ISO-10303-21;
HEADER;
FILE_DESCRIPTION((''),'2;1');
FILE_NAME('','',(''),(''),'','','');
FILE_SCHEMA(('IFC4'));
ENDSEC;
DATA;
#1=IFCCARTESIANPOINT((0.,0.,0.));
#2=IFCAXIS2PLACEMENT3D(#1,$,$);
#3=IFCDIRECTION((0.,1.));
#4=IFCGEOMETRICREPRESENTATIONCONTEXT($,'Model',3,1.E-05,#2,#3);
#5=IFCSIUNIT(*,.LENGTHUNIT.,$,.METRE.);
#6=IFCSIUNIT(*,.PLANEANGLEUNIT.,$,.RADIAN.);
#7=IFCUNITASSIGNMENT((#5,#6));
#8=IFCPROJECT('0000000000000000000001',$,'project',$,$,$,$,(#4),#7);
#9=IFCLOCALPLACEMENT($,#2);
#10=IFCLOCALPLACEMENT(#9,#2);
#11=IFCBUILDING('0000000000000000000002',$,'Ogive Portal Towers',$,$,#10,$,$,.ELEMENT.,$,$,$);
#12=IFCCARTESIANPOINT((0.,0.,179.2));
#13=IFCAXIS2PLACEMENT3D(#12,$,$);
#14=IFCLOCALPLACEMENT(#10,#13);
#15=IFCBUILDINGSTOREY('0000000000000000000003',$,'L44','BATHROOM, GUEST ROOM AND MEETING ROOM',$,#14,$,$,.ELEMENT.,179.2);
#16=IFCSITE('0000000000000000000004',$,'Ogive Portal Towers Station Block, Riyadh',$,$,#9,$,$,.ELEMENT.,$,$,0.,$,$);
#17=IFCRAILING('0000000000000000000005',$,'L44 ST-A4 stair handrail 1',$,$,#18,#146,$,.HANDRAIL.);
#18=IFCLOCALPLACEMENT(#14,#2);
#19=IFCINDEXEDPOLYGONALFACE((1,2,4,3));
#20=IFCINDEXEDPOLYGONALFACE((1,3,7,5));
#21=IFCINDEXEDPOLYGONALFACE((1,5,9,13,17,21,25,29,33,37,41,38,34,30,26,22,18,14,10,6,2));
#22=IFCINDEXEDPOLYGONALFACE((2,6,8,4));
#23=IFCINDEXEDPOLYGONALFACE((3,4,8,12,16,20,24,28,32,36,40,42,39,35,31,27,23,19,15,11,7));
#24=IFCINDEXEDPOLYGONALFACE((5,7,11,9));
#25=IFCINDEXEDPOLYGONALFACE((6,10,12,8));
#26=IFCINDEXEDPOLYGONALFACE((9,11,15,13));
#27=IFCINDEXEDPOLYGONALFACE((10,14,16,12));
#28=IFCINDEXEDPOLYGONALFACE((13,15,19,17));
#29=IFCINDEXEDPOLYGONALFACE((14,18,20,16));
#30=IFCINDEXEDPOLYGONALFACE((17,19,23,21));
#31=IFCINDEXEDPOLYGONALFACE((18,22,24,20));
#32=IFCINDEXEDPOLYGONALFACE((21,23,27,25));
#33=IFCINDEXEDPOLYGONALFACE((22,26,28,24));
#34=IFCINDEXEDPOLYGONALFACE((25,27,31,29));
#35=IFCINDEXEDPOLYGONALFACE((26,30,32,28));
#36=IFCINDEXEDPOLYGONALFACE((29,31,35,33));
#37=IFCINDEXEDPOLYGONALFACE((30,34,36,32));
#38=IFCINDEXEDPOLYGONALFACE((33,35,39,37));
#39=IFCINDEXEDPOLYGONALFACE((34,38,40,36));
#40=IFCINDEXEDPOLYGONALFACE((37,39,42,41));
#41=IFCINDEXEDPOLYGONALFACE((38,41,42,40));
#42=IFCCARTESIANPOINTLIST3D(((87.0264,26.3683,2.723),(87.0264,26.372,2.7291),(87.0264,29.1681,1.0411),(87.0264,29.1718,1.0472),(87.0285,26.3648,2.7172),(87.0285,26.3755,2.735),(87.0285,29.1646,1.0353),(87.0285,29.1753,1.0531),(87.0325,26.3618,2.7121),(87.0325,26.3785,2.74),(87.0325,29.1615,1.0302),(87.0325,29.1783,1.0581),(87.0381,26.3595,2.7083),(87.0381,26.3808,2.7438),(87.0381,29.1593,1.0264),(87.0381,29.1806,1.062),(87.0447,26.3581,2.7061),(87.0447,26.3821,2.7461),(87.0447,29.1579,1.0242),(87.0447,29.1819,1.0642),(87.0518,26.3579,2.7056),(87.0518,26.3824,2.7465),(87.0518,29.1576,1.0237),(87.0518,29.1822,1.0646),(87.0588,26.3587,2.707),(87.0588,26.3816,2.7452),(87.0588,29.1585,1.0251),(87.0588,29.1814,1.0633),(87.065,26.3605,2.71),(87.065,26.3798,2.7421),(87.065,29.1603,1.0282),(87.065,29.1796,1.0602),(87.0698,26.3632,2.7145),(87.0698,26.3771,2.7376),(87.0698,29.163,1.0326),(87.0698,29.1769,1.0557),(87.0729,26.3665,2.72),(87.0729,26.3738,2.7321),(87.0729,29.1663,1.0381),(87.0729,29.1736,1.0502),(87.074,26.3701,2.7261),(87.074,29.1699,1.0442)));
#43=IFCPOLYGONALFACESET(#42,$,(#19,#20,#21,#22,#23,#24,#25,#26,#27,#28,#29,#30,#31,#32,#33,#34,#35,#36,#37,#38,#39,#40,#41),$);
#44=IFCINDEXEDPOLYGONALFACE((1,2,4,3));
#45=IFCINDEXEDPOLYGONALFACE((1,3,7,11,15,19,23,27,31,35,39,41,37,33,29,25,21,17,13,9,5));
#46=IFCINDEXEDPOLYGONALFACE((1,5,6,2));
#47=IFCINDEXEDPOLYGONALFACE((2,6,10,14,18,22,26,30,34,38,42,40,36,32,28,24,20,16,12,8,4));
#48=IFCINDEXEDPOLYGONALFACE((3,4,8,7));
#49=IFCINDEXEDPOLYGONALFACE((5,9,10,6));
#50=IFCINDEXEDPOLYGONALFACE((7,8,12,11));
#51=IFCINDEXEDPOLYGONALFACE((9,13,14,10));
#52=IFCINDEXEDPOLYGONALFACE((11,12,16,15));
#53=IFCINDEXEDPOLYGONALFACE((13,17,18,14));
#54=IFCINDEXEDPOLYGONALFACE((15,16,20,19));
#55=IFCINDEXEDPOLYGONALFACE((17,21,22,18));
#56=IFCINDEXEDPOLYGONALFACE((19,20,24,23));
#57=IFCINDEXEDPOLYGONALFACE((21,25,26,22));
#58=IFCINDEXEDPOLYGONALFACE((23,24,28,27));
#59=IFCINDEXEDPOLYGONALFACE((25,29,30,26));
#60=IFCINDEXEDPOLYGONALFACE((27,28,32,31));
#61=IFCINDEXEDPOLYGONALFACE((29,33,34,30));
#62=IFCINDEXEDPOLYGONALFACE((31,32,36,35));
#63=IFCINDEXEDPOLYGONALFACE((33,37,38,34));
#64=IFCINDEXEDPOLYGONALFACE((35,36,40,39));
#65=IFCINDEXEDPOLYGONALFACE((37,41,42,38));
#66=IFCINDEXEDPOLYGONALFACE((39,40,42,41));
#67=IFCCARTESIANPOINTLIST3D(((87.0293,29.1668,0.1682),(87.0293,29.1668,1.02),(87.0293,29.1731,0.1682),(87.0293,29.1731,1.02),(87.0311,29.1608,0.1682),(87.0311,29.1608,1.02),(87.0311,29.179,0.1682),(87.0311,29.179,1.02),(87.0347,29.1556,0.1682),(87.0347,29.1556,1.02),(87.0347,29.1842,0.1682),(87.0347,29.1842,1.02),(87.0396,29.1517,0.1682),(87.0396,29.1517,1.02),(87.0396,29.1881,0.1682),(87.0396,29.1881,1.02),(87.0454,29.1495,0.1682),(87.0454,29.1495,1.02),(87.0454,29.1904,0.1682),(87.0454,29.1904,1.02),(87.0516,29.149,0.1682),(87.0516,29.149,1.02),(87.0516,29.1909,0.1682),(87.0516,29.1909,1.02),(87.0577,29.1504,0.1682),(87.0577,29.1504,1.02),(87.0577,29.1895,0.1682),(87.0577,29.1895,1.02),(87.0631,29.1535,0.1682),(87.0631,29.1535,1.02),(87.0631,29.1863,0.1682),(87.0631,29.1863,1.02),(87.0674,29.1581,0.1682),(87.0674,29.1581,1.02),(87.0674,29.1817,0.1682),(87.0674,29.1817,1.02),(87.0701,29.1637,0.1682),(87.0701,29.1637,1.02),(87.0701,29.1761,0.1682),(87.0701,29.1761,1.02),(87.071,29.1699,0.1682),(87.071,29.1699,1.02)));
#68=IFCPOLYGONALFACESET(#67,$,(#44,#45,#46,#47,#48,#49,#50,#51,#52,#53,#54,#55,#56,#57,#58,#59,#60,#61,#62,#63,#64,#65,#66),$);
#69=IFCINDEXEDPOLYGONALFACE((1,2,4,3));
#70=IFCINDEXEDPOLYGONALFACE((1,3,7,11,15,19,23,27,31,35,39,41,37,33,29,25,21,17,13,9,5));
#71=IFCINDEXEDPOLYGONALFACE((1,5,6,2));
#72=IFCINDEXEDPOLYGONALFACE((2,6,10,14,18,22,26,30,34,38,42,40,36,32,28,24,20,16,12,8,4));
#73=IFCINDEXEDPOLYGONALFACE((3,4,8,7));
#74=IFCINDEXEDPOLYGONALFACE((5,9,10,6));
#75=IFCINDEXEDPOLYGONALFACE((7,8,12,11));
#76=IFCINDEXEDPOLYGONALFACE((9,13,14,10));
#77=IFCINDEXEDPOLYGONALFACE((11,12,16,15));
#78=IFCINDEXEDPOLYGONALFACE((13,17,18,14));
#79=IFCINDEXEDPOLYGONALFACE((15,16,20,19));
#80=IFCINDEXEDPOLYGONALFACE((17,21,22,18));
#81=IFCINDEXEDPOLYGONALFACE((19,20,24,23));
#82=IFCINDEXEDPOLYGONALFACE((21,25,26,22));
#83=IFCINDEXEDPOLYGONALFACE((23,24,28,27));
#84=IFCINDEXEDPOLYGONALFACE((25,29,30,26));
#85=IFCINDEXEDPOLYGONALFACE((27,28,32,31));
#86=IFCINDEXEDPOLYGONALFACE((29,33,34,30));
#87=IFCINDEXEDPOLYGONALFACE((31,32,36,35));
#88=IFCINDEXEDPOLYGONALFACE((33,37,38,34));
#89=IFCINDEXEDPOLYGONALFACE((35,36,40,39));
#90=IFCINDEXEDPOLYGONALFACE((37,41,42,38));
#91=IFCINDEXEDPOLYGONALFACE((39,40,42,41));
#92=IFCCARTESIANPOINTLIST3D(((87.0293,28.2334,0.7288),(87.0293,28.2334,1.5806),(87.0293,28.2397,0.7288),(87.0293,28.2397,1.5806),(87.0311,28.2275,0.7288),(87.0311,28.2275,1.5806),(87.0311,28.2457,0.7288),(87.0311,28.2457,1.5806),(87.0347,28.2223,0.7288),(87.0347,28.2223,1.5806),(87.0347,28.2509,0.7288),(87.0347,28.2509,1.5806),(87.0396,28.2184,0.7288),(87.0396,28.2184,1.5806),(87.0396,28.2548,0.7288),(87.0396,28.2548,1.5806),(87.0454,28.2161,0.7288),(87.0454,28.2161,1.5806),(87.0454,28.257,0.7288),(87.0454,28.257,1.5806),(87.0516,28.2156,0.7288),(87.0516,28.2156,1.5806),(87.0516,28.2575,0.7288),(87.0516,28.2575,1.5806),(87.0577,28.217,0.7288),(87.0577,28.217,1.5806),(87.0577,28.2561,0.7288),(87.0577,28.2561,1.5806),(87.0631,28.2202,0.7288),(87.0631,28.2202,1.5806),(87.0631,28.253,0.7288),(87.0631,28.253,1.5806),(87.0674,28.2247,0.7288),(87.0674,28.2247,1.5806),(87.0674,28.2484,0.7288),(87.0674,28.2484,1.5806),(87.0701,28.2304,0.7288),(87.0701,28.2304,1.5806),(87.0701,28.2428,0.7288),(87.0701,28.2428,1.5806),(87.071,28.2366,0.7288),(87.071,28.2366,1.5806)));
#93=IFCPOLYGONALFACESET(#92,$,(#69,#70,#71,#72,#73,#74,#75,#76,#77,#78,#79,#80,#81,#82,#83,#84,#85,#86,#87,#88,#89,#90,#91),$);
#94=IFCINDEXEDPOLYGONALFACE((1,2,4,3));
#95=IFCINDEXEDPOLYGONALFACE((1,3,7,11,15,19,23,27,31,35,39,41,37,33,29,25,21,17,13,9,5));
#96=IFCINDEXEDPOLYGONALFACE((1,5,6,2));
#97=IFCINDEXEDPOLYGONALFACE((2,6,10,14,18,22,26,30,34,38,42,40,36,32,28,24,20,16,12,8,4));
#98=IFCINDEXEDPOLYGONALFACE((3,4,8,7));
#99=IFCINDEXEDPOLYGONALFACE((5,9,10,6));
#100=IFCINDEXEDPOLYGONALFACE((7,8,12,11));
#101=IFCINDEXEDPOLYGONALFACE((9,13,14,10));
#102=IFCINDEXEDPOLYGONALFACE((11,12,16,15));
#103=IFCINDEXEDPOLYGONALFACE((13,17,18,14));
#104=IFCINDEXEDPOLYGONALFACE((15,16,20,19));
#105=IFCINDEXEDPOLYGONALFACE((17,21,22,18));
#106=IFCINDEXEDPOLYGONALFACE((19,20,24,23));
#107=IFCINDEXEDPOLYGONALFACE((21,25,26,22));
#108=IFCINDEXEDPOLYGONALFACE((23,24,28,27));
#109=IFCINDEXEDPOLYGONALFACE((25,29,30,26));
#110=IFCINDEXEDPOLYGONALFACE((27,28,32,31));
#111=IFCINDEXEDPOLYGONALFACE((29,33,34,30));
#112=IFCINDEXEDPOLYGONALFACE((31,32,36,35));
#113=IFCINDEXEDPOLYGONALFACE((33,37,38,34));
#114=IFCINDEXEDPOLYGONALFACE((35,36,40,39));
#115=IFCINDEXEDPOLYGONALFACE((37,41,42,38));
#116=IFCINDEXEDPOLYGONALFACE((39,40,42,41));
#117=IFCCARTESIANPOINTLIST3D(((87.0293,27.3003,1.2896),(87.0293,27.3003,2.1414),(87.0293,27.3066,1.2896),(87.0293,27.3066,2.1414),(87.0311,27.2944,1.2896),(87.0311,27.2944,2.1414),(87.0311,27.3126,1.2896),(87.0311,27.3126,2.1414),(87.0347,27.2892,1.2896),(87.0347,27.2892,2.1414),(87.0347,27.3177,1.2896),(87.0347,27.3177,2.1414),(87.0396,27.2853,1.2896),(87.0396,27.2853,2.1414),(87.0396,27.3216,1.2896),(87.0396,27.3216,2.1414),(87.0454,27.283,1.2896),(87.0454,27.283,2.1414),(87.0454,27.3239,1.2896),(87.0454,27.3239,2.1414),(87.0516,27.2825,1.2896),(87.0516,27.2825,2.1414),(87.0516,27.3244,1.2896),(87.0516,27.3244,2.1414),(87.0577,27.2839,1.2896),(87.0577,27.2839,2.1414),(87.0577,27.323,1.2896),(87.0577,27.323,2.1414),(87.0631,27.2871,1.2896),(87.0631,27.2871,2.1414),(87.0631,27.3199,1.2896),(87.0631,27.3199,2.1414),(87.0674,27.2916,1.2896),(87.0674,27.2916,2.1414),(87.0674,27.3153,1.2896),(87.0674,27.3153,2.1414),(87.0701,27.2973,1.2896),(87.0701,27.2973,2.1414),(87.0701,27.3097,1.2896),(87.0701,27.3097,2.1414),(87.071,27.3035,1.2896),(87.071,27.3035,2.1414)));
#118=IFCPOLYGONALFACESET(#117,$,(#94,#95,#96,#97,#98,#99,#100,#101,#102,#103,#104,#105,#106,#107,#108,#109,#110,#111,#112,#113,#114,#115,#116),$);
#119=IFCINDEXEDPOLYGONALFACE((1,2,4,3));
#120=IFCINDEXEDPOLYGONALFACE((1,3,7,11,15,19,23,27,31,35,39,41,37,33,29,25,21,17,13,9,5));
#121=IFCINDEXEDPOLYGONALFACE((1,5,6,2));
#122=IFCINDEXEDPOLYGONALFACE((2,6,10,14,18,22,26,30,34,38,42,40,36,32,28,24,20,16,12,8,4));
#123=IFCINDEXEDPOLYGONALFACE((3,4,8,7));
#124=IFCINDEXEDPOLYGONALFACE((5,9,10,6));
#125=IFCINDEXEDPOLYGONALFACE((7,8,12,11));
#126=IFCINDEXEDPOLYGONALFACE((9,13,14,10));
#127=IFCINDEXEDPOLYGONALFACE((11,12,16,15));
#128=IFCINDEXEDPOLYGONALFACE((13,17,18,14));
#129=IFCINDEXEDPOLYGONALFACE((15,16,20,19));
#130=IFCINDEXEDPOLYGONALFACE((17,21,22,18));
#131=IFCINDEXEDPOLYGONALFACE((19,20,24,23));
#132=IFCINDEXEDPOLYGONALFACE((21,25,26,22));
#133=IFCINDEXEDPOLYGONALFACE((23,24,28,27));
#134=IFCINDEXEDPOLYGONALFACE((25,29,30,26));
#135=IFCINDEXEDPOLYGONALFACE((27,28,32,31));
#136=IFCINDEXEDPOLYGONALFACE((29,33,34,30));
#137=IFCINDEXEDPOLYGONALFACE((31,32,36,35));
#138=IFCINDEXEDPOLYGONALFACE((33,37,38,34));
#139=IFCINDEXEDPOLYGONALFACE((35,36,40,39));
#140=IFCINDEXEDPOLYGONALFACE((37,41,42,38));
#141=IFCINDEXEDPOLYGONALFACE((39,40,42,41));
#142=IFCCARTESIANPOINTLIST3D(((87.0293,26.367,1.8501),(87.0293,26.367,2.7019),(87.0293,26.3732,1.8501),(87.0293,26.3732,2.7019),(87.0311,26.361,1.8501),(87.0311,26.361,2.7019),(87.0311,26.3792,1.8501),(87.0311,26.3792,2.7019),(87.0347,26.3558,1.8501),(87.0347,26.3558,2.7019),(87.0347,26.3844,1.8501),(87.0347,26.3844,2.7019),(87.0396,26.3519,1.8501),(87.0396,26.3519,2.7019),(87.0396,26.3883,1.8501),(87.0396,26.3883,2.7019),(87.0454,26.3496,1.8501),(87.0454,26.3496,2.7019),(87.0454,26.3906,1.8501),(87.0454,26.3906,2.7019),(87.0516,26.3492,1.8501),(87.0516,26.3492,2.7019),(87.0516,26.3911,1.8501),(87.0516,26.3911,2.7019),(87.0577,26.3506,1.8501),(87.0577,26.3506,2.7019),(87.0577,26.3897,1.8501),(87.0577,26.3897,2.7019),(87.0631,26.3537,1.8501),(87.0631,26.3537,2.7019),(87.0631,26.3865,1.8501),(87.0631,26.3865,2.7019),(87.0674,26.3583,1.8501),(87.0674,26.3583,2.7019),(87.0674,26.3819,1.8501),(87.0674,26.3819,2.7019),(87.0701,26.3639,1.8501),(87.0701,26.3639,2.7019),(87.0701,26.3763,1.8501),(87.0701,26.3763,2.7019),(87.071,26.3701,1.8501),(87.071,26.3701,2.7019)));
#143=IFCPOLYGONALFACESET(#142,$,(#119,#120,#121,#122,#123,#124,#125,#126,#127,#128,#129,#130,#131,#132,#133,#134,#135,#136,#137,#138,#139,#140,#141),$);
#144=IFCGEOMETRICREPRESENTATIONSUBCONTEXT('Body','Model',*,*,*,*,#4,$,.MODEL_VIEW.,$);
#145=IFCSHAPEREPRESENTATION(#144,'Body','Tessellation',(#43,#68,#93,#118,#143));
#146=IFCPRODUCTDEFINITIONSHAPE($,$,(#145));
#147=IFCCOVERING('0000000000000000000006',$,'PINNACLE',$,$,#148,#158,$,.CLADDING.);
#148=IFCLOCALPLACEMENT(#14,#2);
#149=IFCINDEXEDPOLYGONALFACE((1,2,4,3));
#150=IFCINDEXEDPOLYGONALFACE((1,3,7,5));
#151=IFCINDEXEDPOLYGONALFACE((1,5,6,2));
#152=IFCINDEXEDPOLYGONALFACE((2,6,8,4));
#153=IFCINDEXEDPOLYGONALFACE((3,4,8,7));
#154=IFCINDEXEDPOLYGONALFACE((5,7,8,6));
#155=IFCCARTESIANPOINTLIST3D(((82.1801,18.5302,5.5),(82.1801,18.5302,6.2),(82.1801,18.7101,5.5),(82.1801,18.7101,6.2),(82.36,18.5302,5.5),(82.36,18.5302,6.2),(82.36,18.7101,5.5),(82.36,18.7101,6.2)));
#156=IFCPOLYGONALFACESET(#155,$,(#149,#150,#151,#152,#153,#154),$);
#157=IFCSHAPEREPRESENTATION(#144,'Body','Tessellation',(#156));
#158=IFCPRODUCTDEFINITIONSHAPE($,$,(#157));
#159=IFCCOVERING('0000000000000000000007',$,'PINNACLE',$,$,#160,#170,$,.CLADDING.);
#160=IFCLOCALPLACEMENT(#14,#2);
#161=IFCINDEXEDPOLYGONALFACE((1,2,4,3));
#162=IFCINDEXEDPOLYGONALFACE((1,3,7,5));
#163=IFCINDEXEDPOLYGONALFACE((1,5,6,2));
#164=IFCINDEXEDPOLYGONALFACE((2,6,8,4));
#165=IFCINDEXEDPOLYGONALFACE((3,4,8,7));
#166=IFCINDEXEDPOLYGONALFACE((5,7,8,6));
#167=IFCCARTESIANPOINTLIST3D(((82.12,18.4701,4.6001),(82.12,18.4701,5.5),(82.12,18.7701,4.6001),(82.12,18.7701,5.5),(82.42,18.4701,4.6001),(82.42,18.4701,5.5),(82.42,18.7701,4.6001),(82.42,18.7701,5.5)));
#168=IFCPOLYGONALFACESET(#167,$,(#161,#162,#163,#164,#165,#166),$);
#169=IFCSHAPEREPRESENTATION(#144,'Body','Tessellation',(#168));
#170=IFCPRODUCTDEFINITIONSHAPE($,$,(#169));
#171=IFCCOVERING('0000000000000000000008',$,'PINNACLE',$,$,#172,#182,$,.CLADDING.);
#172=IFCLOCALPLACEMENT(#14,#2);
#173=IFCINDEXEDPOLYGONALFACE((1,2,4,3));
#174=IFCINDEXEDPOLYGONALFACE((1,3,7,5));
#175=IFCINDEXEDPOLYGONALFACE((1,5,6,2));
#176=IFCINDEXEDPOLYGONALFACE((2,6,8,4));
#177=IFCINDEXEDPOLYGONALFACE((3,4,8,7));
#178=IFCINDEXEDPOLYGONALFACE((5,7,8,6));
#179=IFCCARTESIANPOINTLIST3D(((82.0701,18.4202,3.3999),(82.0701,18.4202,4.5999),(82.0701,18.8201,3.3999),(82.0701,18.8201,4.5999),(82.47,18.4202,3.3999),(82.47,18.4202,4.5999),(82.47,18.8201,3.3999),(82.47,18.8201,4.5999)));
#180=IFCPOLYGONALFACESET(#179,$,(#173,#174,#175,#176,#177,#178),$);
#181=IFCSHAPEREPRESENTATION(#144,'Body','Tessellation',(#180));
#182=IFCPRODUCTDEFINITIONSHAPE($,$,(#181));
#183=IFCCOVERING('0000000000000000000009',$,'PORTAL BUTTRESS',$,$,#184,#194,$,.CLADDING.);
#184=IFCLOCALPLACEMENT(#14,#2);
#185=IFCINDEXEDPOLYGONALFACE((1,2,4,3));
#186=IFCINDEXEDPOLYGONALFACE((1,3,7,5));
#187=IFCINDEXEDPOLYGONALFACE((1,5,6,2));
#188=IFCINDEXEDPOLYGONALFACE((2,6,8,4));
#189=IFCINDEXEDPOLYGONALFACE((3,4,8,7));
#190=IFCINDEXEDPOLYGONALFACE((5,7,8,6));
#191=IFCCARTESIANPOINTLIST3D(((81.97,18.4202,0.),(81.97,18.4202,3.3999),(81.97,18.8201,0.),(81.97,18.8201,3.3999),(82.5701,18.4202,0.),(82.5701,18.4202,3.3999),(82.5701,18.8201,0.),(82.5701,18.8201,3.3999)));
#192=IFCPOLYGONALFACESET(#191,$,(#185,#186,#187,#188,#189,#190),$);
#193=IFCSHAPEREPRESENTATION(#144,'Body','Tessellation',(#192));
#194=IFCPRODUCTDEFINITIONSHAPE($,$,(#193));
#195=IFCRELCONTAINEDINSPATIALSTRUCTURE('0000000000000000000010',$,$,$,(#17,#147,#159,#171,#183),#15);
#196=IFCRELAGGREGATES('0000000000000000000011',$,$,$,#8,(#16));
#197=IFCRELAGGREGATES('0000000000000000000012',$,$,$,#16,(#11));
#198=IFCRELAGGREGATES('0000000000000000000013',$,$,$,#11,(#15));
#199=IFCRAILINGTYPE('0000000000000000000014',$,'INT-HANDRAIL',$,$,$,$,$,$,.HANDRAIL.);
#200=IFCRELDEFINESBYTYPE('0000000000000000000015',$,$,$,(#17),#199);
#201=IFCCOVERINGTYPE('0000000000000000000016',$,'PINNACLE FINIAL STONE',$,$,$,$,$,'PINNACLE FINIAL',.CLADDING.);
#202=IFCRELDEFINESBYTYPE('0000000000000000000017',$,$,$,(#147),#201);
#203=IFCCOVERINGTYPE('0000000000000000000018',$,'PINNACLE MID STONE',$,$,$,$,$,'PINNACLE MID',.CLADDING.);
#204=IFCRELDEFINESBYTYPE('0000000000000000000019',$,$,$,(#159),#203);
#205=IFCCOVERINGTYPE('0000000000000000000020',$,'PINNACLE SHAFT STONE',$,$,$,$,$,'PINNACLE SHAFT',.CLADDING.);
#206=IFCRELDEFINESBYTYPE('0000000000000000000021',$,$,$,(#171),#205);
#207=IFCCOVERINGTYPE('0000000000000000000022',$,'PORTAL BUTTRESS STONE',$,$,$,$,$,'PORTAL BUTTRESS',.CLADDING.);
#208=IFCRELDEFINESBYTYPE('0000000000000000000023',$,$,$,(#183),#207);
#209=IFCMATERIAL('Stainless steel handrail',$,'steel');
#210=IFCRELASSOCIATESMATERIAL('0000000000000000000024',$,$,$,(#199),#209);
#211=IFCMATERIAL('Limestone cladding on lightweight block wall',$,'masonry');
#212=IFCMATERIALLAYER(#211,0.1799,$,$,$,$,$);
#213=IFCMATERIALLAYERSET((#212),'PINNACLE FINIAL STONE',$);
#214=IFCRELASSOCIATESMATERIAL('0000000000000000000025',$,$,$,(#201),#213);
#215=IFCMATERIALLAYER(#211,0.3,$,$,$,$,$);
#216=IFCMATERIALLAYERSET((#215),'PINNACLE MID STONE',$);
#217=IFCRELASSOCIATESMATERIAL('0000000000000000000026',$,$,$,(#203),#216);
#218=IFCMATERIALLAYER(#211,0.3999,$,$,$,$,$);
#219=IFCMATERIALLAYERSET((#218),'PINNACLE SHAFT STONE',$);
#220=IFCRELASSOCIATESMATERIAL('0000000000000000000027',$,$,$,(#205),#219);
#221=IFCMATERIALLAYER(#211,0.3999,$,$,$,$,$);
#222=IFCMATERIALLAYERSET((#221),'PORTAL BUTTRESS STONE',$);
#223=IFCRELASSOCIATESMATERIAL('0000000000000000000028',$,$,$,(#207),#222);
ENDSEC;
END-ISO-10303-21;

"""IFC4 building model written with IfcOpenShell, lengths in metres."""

from ifc_helpers import new_model, si_unit, direction, frame, origin, origin_2d, place, context, subcontext, project, spatial, rectangle, circle, extrude, material, layer, layer_set, type_object, element, save


model = new_model("IFC4")

# Units and contexts
model_context = context("Model", 3, precision=1e-05, world=origin(), true_north=direction((0.0, 1.0)))
body_context = subcontext(model_context, "Body", "Model", "MODEL_VIEW")
ifc_project = project(units=[si_unit("LENGTHUNIT", "METRE"), si_unit("PLANEANGLEUNIT", "RADIAN")], contexts=[model_context])

# Site, building, storey
site_placement = place(None, origin())
site = spatial("IfcSite", under=ifc_project, at=site_placement, Name="Ogive Portal Towers Station Block, Riyadh", CompositionType="ELEMENT", RefElevation=0.0)
building_placement = place(site_placement, origin())
building = spatial("IfcBuilding", under=site, at=building_placement, Name="Ogive Portal Towers", CompositionType="ELEMENT")
storey_placement = place(building_placement, frame((0.0, 0.0, 179.2)))
storey = spatial("IfcBuildingStorey", under=building, at=storey_placement, Name="L44", Description="BATHROOM, GUEST ROOM AND MEETING ROOM", CompositionType="ELEMENT", Elevation=179.2)

# Railing
ifc_material_1 = material(Name="Stainless steel handrail", Category="steel")
railing_type_1 = type_object("IfcRailingType", Name="INT-HANDRAIL", PredefinedType="HANDRAIL", material=ifc_material_1)
railing_1_placement = place(storey_placement, frame((87.05, 29.1699, 0.1682)))
element("IfcRailing", 1, at=railing_1_placement, inside=storey, type_object=railing_type_1, Name="L44 ST-A4 stair handrail 1", PredefinedType="HANDRAIL", context=body_context, shape_type="SweptSolid", body=[
    extrude(circle(Radius=0.0239, at=origin_2d()), frame((0.0, 0.0, 0.876), z_axis=(0.0, -0.857222, 0.514946), x_axis=(1.0, 0.0, 0.0)), (0.0, 0.0, 1.0), 3.2661),
    extrude(circle(Radius=0.021, at=origin_2d()), origin(), (0.0, 0.0, 1.0), 0.8518),
    extrude(circle(Radius=0.021, at=origin_2d()), frame((0.0, -0.9333, 0.5605)), (0.0, 0.0, 1.0), 0.8518),
    extrude(circle(Radius=0.021, at=origin_2d()), frame((0.0, -1.8665, 1.1213)), (0.0, 0.0, 1.0), 0.8518),
    extrude(circle(Radius=0.021, at=origin_2d()), frame((0.0, -2.7998, 1.6819)), (0.0, 0.0, 1.0), 0.8518),
])

# Coverings
ifc_material_2 = material(Name="Limestone cladding on lightweight block wall", Category="masonry")
ifc_layer_1 = layer(ifc_material_2, 0.1799)
ifc_layer_set_1 = layer_set([ifc_layer_1], Name="PINNACLE FINIAL STONE")
covering_type_1 = type_object("IfcCoveringType", Name="PINNACLE FINIAL STONE", ElementType="PINNACLE FINIAL", PredefinedType="CLADDING", material=ifc_layer_set_1)
covering_1_placement = place(storey_placement, frame((82.27, 18.6201, 5.5), z_axis=(0.0, 0.0, 1.0), x_axis=(1.0, 0.0, 0.0)))
element("IfcCovering", 2, at=covering_1_placement, inside=storey, type_object=covering_type_1, Name="PINNACLE", PredefinedType="CLADDING", context=body_context, shape_type="SweptSolid", body=[
    extrude(rectangle(XDim=0.1799, YDim=0.1799, at=origin_2d()), origin(), (0.0, 0.0, 1.0), 0.7),
])
ifc_layer_2 = layer(ifc_material_2, 0.3)
ifc_layer_set_2 = layer_set([ifc_layer_2], Name="PINNACLE MID STONE")
covering_type_2 = type_object("IfcCoveringType", Name="PINNACLE MID STONE", ElementType="PINNACLE MID", PredefinedType="CLADDING", material=ifc_layer_set_2)
covering_2_placement = place(storey_placement, frame((82.27, 18.6201, 4.6001), z_axis=(0.0, 0.0, 1.0), x_axis=(1.0, 0.0, 0.0)))
element("IfcCovering", 3, at=covering_2_placement, inside=storey, type_object=covering_type_2, Name="PINNACLE", PredefinedType="CLADDING", context=body_context, shape_type="SweptSolid", body=[
    extrude(rectangle(XDim=0.3, YDim=0.3, at=origin_2d()), origin(), (0.0, 0.0, 1.0), 0.8999),
])
ifc_layer_3 = layer(ifc_material_2, 0.3999)
ifc_layer_set_3 = layer_set([ifc_layer_3], Name="PINNACLE SHAFT STONE")
covering_type_3 = type_object("IfcCoveringType", Name="PINNACLE SHAFT STONE", ElementType="PINNACLE SHAFT", PredefinedType="CLADDING", material=ifc_layer_set_3)
covering_3_placement = place(storey_placement, frame((82.27, 18.6201, 3.3999), z_axis=(0.0, 0.0, 1.0), x_axis=(1.0, 0.0, 0.0)))
element("IfcCovering", 4, at=covering_3_placement, inside=storey, type_object=covering_type_3, Name="PINNACLE", PredefinedType="CLADDING", context=body_context, shape_type="SweptSolid", body=[
    extrude(rectangle(XDim=0.3999, YDim=0.3999, at=origin_2d()), origin(), (0.0, 0.0, 1.0), 1.2),
])
ifc_layer_4 = layer(ifc_material_2, 0.3999)
ifc_layer_set_4 = layer_set([ifc_layer_4], Name="PORTAL BUTTRESS STONE")
covering_type_4 = type_object("IfcCoveringType", Name="PORTAL BUTTRESS STONE", ElementType="PORTAL BUTTRESS", PredefinedType="CLADDING", material=ifc_layer_set_4)
covering_4_placement = place(storey_placement, frame((82.27, 18.6201, 0.0), z_axis=(0.0, 0.0, 1.0), x_axis=(1.0, 0.0, 0.0)))
element("IfcCovering", 5, at=covering_4_placement, inside=storey, type_object=covering_type_4, Name="PORTAL BUTTRESS", PredefinedType="CLADDING", context=body_context, shape_type="SweptSolid", body=[
    extrude(rectangle(XDim=0.6001, YDim=0.3999, at=origin_2d()), origin(), (0.0, 0.0, 1.0), 3.3999),
])

save(model, "model.ifc")
